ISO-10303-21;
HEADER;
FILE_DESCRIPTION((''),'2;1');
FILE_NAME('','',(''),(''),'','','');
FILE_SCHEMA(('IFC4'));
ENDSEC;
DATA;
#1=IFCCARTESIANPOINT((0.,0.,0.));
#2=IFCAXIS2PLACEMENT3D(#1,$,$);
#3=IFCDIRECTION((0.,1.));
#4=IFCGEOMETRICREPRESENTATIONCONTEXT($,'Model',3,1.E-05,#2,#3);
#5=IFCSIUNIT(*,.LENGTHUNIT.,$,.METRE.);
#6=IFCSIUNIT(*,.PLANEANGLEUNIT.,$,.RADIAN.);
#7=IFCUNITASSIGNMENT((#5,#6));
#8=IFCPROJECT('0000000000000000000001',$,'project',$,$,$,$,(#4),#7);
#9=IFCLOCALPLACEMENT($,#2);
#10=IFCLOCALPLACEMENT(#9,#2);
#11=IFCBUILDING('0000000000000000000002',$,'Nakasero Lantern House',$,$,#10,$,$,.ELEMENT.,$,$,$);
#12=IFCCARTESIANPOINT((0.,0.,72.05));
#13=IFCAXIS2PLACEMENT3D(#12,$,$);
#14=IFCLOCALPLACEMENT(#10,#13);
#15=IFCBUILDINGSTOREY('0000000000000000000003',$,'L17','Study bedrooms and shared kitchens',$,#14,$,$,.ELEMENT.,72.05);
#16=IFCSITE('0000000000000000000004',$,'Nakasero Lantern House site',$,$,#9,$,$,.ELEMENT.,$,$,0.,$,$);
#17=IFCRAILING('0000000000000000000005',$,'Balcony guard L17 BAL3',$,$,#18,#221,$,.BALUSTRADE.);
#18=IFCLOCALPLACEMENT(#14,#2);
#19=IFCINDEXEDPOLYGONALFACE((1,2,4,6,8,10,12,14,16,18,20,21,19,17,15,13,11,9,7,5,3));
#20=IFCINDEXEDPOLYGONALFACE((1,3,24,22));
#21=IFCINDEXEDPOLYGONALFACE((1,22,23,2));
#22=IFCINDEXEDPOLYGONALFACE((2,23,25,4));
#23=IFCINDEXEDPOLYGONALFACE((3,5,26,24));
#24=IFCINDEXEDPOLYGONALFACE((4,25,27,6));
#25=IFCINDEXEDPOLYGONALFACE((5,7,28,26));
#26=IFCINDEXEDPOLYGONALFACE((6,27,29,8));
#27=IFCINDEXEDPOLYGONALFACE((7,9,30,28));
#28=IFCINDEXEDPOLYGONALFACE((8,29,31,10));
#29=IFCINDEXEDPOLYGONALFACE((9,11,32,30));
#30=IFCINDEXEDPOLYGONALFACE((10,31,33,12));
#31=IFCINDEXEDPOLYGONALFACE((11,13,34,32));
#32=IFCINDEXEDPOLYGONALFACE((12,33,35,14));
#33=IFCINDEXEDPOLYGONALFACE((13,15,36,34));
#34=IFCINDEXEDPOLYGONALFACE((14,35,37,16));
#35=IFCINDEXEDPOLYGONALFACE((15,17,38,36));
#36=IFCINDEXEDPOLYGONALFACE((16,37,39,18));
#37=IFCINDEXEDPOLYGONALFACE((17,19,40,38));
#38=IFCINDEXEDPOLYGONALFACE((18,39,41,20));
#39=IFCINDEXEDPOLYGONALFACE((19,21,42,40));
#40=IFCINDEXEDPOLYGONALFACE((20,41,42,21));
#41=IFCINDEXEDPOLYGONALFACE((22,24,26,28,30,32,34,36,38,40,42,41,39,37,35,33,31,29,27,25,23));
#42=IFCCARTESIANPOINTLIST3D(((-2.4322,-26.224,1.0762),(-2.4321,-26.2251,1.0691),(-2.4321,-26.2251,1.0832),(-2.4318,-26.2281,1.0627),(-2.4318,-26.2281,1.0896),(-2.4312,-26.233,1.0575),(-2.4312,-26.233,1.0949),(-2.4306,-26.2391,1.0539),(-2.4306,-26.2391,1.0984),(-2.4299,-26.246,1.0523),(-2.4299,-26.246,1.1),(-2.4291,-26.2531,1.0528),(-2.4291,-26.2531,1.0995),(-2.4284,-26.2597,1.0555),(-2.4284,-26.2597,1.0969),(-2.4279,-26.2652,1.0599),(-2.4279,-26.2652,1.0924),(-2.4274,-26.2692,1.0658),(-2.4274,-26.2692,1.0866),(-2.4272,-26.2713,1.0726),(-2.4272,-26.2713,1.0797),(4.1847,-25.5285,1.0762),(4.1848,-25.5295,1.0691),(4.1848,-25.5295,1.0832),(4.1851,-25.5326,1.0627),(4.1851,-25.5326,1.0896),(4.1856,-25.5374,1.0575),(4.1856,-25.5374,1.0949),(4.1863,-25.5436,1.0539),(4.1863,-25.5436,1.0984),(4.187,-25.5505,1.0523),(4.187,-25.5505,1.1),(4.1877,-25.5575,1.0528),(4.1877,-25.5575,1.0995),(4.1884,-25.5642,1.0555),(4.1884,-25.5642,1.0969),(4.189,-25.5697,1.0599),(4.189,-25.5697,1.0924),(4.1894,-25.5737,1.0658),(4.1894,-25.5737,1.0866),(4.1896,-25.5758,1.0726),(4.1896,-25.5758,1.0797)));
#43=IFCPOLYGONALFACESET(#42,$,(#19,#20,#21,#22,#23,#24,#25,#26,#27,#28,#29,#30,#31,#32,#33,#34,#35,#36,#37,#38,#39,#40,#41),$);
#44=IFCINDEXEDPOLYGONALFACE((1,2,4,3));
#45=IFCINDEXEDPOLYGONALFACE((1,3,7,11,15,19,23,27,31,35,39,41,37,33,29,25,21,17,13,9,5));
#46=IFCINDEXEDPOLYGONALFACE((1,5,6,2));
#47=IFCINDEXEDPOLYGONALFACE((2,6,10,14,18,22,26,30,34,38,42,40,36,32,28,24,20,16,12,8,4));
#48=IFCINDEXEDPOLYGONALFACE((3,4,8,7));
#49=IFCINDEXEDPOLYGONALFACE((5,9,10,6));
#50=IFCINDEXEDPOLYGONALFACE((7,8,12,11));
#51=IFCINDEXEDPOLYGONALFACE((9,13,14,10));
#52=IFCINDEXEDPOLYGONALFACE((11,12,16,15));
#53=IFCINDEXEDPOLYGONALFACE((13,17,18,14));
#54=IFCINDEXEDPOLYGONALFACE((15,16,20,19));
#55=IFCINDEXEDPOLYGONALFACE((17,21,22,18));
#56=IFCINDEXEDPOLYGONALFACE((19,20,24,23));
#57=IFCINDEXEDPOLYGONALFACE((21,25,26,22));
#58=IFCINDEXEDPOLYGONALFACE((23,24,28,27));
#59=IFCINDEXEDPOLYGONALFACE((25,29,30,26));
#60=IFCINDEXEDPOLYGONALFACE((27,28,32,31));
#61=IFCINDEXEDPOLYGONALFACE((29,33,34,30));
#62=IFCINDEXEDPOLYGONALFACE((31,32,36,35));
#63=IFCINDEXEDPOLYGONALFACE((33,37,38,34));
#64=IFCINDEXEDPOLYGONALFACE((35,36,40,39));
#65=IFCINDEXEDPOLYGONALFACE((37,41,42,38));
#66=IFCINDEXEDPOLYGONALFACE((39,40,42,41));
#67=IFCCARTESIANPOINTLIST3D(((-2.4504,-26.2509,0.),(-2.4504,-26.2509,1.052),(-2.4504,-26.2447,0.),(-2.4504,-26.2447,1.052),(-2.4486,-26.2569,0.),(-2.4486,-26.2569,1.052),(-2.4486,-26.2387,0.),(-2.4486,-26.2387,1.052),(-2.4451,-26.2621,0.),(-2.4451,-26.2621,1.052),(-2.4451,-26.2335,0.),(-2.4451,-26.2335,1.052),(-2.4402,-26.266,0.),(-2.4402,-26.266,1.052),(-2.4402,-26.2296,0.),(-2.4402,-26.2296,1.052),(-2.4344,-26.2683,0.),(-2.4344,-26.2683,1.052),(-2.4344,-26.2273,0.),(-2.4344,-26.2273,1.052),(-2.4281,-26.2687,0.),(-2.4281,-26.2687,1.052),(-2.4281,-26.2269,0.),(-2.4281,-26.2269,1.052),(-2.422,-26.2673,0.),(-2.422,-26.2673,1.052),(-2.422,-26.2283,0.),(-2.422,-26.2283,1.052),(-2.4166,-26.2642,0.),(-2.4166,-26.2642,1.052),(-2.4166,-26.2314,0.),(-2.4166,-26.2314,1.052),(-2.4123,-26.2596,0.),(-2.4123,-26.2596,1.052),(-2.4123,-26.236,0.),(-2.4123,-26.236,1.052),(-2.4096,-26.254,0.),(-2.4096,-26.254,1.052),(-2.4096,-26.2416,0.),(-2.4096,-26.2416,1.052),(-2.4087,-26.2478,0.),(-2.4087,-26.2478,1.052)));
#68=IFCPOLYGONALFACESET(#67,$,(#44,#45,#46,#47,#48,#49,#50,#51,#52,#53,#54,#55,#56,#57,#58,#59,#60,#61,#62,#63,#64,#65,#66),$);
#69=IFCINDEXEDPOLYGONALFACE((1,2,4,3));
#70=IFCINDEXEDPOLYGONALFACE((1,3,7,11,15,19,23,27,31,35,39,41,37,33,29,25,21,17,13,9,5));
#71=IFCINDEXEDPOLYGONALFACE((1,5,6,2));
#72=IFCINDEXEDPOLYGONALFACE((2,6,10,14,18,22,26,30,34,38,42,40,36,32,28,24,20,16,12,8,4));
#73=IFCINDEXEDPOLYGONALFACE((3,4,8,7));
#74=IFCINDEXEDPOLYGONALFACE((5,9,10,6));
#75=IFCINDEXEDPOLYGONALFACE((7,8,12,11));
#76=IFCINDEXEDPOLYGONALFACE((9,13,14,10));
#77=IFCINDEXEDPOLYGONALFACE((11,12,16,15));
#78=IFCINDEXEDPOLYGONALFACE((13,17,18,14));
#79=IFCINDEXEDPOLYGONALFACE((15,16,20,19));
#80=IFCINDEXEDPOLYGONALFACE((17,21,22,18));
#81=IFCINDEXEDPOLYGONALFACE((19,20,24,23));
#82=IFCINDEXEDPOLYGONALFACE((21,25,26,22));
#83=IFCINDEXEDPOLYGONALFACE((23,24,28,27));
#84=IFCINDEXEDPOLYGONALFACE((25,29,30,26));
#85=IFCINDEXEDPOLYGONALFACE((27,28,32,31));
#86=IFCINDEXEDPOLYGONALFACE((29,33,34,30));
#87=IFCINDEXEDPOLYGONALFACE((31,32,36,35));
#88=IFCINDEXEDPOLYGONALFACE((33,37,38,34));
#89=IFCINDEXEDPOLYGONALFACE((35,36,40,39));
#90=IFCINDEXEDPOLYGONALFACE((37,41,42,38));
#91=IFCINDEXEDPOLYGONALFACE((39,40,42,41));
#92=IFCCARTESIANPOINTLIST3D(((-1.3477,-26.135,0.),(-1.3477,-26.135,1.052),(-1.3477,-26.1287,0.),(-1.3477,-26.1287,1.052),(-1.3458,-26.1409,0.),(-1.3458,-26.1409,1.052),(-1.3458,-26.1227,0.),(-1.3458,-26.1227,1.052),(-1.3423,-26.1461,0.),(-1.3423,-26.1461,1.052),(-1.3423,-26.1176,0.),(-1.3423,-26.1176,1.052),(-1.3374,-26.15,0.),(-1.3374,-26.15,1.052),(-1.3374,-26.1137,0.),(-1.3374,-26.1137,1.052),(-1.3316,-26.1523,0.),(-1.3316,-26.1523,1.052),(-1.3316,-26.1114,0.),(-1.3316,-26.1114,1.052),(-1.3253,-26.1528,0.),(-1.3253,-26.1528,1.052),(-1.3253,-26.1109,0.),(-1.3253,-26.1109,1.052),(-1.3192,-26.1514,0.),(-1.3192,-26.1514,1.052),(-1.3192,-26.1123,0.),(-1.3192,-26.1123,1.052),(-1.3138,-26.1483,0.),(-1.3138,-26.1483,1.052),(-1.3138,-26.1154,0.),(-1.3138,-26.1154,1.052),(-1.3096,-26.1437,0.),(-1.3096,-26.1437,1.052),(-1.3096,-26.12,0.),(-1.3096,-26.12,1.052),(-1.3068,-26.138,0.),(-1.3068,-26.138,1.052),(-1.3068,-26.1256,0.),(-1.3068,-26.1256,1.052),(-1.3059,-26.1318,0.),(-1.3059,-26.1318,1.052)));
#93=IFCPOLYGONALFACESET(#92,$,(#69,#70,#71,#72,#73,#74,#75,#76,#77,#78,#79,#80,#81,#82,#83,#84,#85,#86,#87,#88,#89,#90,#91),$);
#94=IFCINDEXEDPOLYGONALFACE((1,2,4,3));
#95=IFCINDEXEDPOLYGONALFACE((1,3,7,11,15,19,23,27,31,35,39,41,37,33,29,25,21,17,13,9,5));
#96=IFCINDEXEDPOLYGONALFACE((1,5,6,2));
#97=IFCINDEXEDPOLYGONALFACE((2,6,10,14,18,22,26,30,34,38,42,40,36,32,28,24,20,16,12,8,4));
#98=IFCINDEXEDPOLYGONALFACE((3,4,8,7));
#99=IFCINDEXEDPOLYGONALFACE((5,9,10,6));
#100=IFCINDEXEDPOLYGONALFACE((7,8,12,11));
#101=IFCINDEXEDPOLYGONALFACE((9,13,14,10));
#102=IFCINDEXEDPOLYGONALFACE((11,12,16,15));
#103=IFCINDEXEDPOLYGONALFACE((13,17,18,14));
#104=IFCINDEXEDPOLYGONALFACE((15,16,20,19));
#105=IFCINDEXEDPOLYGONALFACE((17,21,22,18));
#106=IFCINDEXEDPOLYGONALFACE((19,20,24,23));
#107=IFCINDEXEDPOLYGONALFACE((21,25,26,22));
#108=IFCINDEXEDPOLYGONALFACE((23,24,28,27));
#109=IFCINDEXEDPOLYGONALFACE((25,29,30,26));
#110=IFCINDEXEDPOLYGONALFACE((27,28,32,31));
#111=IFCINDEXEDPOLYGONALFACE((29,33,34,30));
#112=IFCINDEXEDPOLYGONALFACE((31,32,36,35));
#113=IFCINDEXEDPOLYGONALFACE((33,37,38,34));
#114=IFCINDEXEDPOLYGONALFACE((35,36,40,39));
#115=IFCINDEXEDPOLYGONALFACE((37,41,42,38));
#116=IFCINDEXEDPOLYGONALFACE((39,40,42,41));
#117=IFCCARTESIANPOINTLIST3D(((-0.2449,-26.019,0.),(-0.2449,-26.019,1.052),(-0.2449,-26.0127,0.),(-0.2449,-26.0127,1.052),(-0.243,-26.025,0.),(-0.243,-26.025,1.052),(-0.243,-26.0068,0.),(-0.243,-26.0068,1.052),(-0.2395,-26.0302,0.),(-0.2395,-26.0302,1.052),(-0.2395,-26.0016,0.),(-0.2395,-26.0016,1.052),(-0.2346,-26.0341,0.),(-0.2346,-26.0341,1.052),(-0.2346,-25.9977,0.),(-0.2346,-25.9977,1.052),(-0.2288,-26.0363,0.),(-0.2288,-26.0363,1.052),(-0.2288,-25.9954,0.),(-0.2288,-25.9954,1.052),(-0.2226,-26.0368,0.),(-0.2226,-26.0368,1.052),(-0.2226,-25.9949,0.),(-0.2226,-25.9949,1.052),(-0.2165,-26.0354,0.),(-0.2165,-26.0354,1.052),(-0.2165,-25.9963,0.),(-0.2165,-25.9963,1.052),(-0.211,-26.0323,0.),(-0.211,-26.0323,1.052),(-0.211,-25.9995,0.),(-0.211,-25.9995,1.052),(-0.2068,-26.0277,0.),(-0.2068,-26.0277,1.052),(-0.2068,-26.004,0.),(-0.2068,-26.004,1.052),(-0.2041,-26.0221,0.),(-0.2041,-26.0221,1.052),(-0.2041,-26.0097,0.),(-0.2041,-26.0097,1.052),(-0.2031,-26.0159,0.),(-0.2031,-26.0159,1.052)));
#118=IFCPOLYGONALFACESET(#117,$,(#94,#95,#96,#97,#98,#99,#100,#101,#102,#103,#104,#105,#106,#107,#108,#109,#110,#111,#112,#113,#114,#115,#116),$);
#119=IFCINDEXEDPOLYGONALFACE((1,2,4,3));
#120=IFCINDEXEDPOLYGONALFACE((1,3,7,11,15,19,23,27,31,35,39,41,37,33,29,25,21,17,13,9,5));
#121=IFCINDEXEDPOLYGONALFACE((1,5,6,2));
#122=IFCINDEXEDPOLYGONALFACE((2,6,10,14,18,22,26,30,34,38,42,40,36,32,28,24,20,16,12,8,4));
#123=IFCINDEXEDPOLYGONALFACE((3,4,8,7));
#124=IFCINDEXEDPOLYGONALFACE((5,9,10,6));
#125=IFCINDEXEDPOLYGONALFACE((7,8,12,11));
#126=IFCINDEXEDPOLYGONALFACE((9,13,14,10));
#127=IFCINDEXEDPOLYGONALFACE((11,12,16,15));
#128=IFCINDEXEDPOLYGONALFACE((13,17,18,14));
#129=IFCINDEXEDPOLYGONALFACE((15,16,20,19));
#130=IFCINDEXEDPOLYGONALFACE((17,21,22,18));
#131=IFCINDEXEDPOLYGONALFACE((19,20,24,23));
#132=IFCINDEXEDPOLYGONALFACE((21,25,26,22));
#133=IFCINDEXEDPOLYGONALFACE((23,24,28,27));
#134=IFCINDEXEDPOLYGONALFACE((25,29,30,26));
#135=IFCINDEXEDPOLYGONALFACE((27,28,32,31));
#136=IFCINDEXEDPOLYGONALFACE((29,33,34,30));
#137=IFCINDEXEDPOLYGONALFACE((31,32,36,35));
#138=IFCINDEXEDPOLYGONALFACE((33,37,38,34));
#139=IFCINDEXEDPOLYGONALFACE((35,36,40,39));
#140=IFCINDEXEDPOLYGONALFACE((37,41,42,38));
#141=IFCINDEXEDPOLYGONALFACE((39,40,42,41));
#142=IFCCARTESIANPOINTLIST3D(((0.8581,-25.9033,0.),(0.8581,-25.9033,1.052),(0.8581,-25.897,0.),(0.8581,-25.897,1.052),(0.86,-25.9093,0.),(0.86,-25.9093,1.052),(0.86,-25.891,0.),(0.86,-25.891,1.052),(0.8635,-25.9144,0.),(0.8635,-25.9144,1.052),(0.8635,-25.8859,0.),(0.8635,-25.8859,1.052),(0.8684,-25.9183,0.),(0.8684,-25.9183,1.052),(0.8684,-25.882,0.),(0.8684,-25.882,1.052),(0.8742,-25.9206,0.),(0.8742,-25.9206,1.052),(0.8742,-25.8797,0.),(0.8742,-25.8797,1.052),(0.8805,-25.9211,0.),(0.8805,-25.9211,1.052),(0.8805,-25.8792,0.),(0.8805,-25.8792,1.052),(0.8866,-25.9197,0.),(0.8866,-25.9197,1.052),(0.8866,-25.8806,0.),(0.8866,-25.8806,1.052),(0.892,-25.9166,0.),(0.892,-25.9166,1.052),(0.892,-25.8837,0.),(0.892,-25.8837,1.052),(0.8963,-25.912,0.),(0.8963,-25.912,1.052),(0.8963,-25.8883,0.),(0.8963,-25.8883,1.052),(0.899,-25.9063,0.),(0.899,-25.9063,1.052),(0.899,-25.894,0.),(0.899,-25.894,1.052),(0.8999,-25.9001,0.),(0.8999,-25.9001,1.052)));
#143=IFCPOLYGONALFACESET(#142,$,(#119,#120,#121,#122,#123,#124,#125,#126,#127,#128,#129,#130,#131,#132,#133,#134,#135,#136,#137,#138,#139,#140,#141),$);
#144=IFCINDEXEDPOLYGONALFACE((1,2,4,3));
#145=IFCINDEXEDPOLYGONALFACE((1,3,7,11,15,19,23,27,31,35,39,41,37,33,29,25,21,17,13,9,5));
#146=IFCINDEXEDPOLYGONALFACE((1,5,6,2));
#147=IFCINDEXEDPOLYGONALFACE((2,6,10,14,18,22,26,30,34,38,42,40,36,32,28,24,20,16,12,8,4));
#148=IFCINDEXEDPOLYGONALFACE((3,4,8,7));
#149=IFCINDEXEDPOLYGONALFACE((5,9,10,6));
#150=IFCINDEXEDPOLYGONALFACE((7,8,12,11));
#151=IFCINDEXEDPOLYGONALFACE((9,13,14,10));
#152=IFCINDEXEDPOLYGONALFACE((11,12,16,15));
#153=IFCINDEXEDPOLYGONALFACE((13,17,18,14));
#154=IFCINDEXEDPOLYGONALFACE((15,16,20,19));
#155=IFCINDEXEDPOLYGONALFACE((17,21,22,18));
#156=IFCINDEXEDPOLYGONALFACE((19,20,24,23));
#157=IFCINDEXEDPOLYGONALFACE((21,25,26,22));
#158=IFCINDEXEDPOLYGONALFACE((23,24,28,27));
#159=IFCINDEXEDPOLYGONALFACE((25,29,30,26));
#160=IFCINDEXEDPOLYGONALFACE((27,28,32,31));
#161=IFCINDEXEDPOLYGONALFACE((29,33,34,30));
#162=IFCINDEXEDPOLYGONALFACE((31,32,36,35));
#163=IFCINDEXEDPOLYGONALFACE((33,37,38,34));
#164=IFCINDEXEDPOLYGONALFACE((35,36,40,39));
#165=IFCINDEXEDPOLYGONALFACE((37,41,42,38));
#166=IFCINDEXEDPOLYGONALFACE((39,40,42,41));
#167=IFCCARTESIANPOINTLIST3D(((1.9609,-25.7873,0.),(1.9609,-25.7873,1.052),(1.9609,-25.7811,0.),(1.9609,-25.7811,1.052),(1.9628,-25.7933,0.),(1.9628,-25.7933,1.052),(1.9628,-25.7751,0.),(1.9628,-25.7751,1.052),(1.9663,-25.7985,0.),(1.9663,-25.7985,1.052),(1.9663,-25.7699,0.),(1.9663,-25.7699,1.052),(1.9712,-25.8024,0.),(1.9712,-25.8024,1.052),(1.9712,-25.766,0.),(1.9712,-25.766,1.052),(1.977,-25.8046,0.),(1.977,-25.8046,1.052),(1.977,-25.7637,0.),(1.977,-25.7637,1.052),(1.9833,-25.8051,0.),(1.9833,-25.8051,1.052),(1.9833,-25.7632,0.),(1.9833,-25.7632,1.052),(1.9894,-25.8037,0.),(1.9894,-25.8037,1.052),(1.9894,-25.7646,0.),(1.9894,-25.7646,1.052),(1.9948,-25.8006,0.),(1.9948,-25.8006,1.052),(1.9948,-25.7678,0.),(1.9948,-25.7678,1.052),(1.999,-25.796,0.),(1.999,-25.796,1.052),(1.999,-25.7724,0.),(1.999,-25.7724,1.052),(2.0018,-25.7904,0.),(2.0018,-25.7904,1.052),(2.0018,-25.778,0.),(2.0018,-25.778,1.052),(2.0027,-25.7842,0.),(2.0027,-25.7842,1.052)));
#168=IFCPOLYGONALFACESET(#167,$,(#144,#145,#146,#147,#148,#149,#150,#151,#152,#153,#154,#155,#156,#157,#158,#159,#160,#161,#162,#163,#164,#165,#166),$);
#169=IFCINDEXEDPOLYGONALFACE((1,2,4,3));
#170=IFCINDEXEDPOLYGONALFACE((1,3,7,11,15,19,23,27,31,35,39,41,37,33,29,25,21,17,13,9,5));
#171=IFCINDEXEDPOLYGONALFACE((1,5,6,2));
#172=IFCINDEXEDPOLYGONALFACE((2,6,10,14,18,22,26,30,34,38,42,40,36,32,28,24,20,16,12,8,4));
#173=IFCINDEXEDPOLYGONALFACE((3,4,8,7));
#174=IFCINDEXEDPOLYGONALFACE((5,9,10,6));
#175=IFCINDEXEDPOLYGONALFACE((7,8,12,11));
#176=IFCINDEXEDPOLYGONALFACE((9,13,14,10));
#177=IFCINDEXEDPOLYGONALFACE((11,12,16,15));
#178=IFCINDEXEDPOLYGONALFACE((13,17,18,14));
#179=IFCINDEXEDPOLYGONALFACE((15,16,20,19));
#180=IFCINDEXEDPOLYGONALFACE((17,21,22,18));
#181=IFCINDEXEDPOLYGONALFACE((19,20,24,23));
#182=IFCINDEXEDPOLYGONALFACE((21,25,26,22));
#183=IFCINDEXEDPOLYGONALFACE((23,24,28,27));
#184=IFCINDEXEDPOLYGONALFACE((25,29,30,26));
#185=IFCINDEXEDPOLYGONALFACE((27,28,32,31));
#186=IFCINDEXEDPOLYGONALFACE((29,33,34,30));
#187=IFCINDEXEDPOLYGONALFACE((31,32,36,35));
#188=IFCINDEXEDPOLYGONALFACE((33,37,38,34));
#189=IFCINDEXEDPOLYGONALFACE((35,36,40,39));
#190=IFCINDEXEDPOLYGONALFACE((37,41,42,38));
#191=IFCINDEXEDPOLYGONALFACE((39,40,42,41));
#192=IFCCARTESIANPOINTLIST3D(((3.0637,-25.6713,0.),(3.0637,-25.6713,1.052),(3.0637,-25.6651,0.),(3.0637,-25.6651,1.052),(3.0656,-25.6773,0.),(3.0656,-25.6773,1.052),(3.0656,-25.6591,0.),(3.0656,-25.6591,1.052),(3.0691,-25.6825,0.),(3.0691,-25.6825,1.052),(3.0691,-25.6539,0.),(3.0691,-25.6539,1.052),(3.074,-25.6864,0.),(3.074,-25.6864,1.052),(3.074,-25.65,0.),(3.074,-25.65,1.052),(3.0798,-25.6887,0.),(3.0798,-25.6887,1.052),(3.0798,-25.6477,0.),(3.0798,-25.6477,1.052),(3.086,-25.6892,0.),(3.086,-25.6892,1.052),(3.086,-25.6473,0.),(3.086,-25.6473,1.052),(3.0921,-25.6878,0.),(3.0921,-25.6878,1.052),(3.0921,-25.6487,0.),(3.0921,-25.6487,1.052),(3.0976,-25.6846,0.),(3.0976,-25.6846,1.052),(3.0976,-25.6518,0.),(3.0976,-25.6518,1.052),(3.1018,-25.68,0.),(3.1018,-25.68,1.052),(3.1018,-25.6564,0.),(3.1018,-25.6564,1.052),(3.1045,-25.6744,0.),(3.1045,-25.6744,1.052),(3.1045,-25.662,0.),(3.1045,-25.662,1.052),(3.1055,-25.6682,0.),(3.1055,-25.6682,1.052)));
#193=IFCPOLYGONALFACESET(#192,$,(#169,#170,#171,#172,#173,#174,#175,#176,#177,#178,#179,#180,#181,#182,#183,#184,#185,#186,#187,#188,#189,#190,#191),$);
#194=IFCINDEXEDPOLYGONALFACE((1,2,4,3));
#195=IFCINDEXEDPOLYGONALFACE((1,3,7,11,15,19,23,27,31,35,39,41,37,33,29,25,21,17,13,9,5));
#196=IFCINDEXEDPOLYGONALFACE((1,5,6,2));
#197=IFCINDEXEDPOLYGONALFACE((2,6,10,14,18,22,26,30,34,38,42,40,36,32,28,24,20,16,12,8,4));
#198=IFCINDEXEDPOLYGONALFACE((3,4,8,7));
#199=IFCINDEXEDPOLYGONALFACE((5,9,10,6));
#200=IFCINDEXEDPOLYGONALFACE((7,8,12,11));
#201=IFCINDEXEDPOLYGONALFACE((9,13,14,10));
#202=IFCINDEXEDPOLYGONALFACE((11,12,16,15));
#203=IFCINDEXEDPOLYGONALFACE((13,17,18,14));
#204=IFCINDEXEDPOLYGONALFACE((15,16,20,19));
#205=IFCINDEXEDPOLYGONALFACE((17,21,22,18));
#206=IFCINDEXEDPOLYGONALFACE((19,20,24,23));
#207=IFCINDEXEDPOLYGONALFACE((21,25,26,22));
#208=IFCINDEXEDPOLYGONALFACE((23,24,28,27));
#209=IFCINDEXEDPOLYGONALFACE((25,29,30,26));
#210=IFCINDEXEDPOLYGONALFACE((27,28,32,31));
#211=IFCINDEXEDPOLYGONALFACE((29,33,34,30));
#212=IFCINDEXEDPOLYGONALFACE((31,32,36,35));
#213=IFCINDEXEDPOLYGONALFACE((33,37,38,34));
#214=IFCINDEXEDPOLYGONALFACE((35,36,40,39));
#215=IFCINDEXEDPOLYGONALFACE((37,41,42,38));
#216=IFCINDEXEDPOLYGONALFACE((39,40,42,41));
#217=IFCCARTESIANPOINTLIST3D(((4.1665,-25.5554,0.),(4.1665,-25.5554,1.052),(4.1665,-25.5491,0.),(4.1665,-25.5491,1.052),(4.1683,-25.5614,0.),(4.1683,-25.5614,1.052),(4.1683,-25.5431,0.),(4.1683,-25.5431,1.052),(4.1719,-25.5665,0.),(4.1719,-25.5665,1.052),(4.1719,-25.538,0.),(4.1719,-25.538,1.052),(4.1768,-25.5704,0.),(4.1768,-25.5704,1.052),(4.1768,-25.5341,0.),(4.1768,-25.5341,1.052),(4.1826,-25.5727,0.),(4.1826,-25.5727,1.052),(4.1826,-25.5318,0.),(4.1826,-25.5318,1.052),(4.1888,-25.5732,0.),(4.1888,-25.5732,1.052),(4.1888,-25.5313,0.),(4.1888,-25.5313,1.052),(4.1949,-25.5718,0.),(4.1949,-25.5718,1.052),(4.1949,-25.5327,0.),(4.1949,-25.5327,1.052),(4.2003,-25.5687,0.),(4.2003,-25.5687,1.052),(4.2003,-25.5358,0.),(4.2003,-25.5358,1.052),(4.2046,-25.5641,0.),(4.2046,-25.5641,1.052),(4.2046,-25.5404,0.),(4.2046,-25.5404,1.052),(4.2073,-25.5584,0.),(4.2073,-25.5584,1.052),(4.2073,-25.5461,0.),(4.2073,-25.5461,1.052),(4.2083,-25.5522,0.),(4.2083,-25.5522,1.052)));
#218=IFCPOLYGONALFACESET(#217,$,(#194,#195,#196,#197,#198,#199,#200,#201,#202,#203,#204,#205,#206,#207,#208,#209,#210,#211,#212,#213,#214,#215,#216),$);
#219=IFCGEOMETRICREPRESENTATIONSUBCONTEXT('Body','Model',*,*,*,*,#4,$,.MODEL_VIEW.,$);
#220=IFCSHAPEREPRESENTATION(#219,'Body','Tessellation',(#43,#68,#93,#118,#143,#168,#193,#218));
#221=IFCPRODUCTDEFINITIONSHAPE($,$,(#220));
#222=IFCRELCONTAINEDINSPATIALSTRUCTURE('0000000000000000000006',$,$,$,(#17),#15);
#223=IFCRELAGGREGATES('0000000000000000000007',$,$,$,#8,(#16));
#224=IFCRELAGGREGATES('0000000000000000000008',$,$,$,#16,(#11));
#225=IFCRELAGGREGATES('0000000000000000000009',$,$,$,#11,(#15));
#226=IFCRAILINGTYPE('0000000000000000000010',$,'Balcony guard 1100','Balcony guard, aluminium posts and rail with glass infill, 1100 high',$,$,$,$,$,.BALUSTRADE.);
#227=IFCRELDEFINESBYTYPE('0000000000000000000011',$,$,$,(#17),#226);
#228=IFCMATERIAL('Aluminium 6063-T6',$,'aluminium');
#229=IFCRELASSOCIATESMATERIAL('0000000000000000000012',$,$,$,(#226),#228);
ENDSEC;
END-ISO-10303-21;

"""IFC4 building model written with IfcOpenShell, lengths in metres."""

from ifc_helpers import new_model, si_unit, direction, frame, origin, origin_2d, place, context, subcontext, project, spatial, circle, extrude, material, type_object, element, save


model = new_model("IFC4")

# Units and contexts
model_context = context("Model", 3, precision=1e-05, world=origin(), true_north=direction((0.0, 1.0)))
body_context = subcontext(model_context, "Body", "Model", "MODEL_VIEW")
ifc_project = project(units=[si_unit("LENGTHUNIT", "METRE"), si_unit("PLANEANGLEUNIT", "RADIAN")], contexts=[model_context])

# Site, building, storey
site_placement = place(None, origin())
site = spatial("IfcSite", under=ifc_project, at=site_placement, Name="Nakasero Lantern House site", CompositionType="ELEMENT", RefElevation=0.0)
building_placement = place(site_placement, origin())
building = spatial("IfcBuilding", under=site, at=building_placement, Name="Nakasero Lantern House", CompositionType="ELEMENT")
storey_placement = place(building_placement, frame((0.0, 0.0, 72.05)))
storey = spatial("IfcBuildingStorey", under=building, at=storey_placement, Name="L17", Description="Study bedrooms and shared kitchens", CompositionType="ELEMENT", Elevation=72.05)

# Railing
ifc_material_1 = material(Name="Aluminium 6063-T6", Category="aluminium")
railing_type = type_object("IfcRailingType", Name="Balcony guard 1100", Description="Balcony guard, aluminium posts and rail with glass infill, 1100 high", PredefinedType="BALUSTRADE", material=ifc_material_1)
railing_placement = place(storey_placement, frame((-2.4297, -26.2478, 0.0)))
element("IfcRailing", 1, at=railing_placement, inside=storey, type_object=railing_type, Name="Balcony guard L17 BAL3", PredefinedType="BALUSTRADE", context=body_context, shape_type="SweptSolid", body=[
    extrude(circle(Radius=0.0239, at=origin_2d()), frame((0.0, 0.0, 1.0762), z_axis=(0.994521, 0.104542, 0.0), x_axis=(-0.104542, 0.994521, 0.0)), (0.0, 0.0, 1.0), 6.6533),
    extrude(circle(Radius=0.021, at=origin_2d()), origin(), (0.0, 0.0, 1.0), 1.052),
    extrude(circle(Radius=0.021, at=origin_2d()), frame((1.1028, 0.116, 0.0)), (0.0, 0.0, 1.0), 1.052),
    extrude(circle(Radius=0.021, at=origin_2d()), frame((2.2056, 0.2319, 0.0)), (0.0, 0.0, 1.0), 1.052),
    extrude(circle(Radius=0.021, at=origin_2d()), frame((3.3086, 0.3477, 0.0)), (0.0, 0.0, 1.0), 1.052),
    extrude(circle(Radius=0.021, at=origin_2d()), frame((4.4114, 0.4636, 0.0)), (0.0, 0.0, 1.0), 1.052),
    extrude(circle(Radius=0.021, at=origin_2d()), frame((5.5142, 0.5796, 0.0)), (0.0, 0.0, 1.0), 1.052),
    extrude(circle(Radius=0.021, at=origin_2d()), frame((6.6169, 0.6956, 0.0)), (0.0, 0.0, 1.0), 1.052),
])

save(model, "model.ifc")
